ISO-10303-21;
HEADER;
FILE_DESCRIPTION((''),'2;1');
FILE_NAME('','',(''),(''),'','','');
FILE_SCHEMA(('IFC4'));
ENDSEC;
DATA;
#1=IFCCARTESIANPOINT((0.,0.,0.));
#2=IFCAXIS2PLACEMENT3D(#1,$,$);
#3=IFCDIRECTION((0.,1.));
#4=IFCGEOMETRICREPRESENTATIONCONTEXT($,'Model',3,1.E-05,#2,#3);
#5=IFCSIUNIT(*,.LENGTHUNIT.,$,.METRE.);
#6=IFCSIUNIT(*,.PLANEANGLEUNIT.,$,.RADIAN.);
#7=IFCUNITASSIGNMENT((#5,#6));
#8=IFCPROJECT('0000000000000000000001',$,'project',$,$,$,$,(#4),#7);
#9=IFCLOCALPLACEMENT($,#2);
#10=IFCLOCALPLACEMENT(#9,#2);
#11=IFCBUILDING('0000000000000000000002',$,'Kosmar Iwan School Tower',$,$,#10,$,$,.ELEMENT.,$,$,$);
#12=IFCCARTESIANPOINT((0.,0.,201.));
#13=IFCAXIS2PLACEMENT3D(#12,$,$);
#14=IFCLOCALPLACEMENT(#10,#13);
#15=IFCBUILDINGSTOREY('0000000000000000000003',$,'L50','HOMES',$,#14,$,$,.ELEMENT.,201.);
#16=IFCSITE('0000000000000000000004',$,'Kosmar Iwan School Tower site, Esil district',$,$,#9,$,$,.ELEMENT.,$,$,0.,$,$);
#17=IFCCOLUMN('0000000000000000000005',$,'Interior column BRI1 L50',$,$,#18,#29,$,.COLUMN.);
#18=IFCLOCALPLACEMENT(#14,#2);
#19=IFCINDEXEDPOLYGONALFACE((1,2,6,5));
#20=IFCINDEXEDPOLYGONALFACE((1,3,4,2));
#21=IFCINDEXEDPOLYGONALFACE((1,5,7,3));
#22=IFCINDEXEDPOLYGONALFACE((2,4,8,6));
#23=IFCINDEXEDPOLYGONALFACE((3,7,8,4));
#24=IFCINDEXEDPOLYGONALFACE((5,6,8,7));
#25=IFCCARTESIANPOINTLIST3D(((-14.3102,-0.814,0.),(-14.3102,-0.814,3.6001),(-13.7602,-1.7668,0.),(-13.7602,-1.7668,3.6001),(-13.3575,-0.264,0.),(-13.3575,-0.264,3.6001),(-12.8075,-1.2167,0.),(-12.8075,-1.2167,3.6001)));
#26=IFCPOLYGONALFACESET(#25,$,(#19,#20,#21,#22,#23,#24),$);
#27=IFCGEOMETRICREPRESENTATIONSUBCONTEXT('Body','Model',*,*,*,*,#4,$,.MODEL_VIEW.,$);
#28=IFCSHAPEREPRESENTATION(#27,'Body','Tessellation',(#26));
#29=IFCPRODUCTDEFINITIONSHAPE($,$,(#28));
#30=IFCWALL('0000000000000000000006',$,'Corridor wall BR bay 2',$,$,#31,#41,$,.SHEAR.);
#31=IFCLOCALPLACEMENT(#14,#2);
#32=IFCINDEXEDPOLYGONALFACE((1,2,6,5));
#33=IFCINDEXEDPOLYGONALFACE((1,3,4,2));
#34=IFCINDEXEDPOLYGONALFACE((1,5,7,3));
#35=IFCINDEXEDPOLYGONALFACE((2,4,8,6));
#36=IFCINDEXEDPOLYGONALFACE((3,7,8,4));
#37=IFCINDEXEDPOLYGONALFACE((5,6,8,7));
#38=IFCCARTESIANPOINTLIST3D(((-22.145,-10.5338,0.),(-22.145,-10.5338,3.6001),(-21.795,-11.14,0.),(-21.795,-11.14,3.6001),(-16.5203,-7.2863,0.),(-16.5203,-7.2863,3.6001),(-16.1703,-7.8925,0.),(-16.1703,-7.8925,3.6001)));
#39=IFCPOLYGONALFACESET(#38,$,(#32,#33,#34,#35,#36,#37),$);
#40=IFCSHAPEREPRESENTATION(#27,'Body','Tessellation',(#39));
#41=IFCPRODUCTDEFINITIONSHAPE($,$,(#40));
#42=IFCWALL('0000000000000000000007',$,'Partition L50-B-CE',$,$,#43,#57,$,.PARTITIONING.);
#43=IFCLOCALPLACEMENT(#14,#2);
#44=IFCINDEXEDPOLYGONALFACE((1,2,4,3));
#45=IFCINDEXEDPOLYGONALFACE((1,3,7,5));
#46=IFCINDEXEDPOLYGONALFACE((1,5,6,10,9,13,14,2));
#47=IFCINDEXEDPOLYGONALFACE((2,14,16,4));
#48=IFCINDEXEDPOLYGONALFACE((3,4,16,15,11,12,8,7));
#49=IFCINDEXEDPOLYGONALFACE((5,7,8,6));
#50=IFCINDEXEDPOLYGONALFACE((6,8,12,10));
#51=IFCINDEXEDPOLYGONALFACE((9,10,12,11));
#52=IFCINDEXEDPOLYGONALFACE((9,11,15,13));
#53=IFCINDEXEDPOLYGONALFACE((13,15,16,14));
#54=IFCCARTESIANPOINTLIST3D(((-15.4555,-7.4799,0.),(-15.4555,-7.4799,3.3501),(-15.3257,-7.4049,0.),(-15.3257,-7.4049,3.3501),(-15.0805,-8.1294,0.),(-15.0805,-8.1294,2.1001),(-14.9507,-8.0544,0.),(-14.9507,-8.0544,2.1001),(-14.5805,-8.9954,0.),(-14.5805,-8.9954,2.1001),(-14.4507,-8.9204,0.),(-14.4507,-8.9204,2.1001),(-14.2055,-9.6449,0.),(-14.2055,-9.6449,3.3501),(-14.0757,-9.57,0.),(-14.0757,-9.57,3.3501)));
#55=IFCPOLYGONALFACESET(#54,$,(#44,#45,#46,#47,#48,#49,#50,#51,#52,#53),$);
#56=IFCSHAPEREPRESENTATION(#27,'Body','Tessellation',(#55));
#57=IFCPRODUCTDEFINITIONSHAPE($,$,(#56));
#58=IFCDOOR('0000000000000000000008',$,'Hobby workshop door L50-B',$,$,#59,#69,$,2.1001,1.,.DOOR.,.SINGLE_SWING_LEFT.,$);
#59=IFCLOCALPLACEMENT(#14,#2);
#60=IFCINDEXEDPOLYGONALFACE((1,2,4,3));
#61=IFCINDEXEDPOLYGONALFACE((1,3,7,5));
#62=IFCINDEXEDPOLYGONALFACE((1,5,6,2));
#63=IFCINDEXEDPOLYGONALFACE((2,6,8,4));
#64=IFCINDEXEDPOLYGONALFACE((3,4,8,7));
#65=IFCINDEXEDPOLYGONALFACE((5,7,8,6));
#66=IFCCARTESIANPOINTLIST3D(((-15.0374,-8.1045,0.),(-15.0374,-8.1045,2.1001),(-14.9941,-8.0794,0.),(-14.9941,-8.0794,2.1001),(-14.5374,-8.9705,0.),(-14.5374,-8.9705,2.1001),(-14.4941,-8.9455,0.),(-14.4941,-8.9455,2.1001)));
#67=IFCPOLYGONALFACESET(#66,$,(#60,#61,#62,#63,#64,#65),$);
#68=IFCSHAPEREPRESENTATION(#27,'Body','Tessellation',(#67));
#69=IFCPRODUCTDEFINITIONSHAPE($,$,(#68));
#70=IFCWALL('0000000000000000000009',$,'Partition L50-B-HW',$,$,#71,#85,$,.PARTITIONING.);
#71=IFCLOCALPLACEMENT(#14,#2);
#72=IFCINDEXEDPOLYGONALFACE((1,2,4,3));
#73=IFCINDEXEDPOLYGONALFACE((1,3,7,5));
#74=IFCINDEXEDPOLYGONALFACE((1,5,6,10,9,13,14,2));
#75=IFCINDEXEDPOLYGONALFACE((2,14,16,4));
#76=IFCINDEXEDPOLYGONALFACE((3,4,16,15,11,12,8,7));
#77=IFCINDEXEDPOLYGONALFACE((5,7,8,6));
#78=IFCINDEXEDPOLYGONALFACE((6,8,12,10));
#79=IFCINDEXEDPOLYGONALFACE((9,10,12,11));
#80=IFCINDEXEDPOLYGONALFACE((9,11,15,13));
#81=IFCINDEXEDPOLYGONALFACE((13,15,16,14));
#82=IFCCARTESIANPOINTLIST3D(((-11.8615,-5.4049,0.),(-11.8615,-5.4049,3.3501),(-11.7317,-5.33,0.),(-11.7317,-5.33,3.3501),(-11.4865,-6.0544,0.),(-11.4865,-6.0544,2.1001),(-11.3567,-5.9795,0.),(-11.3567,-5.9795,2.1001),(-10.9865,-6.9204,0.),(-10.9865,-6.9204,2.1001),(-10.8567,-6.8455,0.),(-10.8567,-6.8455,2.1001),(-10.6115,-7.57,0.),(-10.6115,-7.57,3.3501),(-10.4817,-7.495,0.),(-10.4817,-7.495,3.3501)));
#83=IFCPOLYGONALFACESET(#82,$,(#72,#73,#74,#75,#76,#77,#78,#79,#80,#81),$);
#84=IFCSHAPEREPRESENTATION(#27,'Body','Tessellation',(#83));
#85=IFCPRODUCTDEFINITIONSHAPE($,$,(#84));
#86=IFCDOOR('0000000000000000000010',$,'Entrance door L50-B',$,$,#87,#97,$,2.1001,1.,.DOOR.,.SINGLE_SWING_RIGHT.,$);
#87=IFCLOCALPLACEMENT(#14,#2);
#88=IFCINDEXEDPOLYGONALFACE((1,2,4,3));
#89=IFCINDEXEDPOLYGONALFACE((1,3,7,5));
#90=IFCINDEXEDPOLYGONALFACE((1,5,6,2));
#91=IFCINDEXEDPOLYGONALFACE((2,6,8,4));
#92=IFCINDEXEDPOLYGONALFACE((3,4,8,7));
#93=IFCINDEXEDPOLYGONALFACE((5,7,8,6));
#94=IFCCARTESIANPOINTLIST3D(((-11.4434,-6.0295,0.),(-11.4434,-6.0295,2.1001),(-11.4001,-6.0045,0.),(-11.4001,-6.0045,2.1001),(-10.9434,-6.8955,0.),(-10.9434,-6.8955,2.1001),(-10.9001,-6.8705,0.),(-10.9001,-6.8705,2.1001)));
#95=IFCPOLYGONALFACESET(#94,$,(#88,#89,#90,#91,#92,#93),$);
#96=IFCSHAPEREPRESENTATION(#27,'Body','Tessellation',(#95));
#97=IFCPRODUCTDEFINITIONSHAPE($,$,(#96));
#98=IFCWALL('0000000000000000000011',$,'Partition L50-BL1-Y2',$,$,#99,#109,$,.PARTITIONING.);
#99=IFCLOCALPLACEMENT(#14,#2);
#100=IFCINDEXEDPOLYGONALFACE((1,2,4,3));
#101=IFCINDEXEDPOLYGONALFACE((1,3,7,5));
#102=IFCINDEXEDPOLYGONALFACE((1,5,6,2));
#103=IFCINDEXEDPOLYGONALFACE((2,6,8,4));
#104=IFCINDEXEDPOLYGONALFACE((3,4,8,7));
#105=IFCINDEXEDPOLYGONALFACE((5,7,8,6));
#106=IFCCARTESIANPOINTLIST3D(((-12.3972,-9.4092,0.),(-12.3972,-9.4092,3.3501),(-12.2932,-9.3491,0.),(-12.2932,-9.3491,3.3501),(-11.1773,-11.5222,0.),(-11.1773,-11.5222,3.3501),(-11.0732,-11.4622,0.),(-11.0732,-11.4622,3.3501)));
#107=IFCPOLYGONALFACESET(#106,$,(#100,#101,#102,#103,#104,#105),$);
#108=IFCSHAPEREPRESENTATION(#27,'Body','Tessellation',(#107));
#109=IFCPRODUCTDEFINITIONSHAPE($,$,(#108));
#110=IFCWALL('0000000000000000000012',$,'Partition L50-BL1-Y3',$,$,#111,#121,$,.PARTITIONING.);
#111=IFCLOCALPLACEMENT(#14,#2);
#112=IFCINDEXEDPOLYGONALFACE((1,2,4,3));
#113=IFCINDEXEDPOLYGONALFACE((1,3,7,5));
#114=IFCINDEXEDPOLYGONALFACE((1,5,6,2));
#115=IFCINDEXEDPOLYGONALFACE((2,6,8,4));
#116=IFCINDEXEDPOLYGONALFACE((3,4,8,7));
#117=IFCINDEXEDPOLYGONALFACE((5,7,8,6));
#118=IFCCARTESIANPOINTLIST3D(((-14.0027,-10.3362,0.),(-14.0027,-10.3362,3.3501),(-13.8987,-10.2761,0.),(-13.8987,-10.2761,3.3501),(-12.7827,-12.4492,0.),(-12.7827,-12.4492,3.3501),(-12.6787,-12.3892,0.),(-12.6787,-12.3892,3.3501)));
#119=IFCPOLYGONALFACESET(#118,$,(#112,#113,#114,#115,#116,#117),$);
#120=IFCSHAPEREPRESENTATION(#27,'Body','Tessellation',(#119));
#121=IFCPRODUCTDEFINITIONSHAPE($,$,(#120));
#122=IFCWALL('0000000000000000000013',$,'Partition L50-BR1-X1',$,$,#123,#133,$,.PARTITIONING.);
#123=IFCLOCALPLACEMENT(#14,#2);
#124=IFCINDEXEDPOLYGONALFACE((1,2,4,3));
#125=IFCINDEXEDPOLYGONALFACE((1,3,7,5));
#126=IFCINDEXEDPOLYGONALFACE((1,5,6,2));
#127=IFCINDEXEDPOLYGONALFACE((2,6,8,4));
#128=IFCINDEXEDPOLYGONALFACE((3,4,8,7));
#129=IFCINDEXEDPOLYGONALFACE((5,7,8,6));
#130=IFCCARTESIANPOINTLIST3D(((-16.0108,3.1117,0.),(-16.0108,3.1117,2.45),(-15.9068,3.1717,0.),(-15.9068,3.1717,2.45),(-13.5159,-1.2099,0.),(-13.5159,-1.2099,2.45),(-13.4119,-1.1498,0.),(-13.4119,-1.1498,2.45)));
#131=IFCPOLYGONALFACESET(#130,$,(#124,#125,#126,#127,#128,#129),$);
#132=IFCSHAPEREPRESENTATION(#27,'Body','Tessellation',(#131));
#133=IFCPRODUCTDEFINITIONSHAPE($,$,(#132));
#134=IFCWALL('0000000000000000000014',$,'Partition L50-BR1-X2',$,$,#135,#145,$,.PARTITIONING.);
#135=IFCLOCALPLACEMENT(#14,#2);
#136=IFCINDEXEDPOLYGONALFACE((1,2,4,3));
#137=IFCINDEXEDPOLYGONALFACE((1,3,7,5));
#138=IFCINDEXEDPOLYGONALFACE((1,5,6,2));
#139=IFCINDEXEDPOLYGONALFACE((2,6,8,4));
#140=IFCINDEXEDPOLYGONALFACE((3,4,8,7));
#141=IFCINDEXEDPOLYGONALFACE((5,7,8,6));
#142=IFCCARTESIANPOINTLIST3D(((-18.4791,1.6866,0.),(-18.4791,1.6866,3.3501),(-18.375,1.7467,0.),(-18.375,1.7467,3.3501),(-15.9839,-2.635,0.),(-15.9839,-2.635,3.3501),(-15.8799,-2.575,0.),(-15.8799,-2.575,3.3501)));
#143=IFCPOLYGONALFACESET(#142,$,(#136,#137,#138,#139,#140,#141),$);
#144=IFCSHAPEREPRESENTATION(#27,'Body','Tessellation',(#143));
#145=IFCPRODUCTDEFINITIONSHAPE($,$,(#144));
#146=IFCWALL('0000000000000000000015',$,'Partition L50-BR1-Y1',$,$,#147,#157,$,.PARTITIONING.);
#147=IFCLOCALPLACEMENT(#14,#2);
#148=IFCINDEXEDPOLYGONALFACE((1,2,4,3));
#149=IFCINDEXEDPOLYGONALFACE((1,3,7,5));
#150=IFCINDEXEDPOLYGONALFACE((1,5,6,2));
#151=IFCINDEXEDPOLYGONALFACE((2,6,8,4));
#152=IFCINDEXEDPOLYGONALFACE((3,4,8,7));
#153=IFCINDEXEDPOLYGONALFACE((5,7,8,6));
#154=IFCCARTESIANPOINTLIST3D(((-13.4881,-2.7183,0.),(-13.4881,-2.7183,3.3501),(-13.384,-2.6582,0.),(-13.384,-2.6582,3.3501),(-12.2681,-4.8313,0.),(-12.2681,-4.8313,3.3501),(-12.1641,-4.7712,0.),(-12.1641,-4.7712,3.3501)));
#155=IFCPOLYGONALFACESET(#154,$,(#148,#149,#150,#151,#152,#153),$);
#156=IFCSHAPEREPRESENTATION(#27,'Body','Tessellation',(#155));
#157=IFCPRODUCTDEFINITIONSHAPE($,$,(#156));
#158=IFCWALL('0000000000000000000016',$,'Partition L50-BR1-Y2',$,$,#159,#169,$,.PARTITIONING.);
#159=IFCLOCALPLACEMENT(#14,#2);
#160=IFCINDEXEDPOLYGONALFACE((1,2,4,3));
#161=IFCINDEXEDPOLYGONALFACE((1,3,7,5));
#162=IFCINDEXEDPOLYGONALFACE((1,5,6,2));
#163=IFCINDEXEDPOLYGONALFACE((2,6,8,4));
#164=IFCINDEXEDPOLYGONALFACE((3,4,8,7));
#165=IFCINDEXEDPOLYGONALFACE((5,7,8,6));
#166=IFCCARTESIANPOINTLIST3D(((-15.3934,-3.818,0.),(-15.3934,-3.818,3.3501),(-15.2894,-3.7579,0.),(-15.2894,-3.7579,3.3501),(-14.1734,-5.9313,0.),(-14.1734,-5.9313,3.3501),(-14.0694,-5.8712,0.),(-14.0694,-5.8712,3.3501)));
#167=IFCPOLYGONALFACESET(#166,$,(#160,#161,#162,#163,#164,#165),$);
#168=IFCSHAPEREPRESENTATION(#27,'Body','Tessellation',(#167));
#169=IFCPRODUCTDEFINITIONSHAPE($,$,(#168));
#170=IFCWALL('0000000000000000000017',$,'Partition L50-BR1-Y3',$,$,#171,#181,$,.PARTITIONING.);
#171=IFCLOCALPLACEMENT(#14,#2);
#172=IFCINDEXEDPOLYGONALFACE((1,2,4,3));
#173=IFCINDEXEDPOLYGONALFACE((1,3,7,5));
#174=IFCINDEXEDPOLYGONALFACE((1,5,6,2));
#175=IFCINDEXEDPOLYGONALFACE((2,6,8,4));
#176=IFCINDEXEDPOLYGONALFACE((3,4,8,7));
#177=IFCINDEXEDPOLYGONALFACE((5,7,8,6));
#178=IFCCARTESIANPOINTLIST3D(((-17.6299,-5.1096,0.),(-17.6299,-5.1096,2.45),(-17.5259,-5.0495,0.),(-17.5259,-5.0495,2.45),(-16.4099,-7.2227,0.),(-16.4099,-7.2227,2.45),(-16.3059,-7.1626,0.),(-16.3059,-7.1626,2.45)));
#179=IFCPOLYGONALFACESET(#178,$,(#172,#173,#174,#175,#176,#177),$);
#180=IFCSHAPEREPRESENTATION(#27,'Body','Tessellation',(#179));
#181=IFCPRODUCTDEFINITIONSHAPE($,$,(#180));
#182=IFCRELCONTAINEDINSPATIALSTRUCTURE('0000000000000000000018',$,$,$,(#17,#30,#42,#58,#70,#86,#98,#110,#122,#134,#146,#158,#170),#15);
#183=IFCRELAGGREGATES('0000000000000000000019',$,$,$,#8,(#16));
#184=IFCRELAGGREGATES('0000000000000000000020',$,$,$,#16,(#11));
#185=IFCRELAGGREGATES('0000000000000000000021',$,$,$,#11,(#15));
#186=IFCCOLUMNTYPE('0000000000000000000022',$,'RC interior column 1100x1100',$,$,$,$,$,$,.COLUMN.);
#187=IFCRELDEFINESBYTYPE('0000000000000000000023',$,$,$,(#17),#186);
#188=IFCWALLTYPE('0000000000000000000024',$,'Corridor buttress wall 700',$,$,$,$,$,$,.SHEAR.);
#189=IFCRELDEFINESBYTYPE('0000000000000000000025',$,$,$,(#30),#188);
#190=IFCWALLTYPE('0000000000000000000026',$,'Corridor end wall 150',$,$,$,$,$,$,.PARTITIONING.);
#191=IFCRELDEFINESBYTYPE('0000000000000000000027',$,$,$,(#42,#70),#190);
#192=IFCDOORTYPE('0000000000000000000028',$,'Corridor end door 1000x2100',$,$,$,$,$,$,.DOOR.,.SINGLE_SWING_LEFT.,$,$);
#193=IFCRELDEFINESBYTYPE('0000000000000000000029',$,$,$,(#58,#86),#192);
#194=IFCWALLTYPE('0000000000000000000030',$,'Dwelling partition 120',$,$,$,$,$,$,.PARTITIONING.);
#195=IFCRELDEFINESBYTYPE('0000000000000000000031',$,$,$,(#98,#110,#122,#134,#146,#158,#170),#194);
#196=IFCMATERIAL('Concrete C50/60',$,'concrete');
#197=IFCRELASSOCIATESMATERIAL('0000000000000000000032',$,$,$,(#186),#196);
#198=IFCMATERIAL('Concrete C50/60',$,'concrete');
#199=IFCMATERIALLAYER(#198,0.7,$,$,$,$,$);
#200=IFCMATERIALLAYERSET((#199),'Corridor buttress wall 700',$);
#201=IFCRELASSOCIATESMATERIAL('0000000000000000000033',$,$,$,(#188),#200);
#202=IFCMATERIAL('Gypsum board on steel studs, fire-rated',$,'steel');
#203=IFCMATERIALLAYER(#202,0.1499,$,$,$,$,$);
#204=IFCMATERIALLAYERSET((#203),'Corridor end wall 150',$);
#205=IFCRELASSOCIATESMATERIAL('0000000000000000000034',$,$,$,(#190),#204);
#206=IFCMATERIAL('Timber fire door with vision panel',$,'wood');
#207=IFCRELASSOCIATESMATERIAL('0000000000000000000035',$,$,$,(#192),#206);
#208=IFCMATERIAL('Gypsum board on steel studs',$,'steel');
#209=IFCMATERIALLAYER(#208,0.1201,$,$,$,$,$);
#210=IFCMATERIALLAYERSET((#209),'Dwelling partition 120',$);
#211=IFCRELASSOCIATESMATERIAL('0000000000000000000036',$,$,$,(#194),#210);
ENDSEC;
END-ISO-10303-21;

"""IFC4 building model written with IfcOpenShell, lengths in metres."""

from ifc_helpers import new_model, si_unit, direction, frame, frame_2d, origin, origin_2d, place, context, subcontext, project, spatial, rectangle, extrude, material, layer, layer_set, material_profile, profile_set, type_object, element, fill, save


model = new_model("IFC4")

# Units and contexts
model_context = context("Model", 3, precision=1e-05, world=origin(), true_north=direction((0.0, 1.0)))
body_context = subcontext(model_context, "Body", "Model", "MODEL_VIEW")
ifc_project = project(units=[si_unit("LENGTHUNIT", "METRE"), si_unit("PLANEANGLEUNIT", "RADIAN")], contexts=[model_context])

# Site, building, storey
site_placement = place(None, origin())
site = spatial("IfcSite", under=ifc_project, at=site_placement, Name="Kosmar Iwan School Tower site, Esil district", CompositionType="ELEMENT", RefElevation=0.0)
building_placement = place(site_placement, origin())
building = spatial("IfcBuilding", under=site, at=building_placement, Name="Kosmar Iwan School Tower", CompositionType="ELEMENT")
storey_placement = place(building_placement, frame((0.0, 0.0, 201.0)))
storey = spatial("IfcBuildingStorey", under=building, at=storey_placement, Name="L50", Description="HOMES", CompositionType="ELEMENT", Elevation=201.0)

# Column
ifc_material_1 = material(Name="Concrete C50/60", Category="concrete")
ifc_material_profile = material_profile(ifc_material_1, rectangle(XDim=1.1001, YDim=1.1001, at=origin_2d()), Name="RC 1100x1100")
ifc_profile_set = profile_set([ifc_material_profile], Name="Concrete C50/60")
column_type = type_object("IfcColumnType", Name="RC interior column 1100x1100", PredefinedType="COLUMN", material=ifc_profile_set)
column_placement = place(storey_placement, frame((-13.5588, -1.0154, 0.0), z_axis=(0.0, 0.0, 1.0), x_axis=(-0.866025, -0.5, 0.0)))
element("IfcColumn", 1, at=column_placement, inside=storey, type_object=column_type, Name="Interior column BRI1 L50", PredefinedType="COLUMN", context=body_context, shape_type="SweptSolid", body=[
    extrude(rectangle(XDim=1.1001, YDim=1.1001, at=origin_2d()), origin(), (0.0, 0.0, 1.0), 3.6001),
])

# Wall
ifc_material_2 = material(Name="Concrete C50/60", Category="concrete")
ifc_layer_1 = layer(ifc_material_2, 0.7)
ifc_layer_set_1 = layer_set([ifc_layer_1], Name="Corridor buttress wall 700")
wall_type_1 = type_object("IfcWallType", Name="Corridor buttress wall 700", PredefinedType="SHEAR", material=ifc_layer_set_1)
wall_1_placement = place(storey_placement, frame((-16.3452, -7.5894, 0.0), z_axis=(0.0, 0.0, 1.0), x_axis=(-0.866018, -0.500012, 0.0)))
element("IfcWall", 2, at=wall_1_placement, inside=storey, type_object=wall_type_1, Name="Corridor wall BR bay 2", PredefinedType="SHEAR", context=body_context, shape_type="SweptSolid", body=[
    extrude(rectangle(XDim=6.4949, YDim=0.7, at=frame_2d((3.2476, 0.0))), origin(), (0.0, 0.0, 1.0), 3.6001),
])

# Walls, openings, doors
ifc_material_3 = material(Name="Gypsum board on steel studs, fire-rated", Category="steel")
ifc_layer_2 = layer(ifc_material_3, 0.1499)
ifc_layer_set_2 = layer_set([ifc_layer_2], Name="Corridor end wall 150")
wall_type_2 = type_object("IfcWallType", Name="Corridor end wall 150", PredefinedType="PARTITIONING", material=ifc_layer_set_2)
wall_2_placement = place(storey_placement, frame((-15.3906, -7.4424, 0.0), z_axis=(0.0, 0.0, 1.0), x_axis=(0.500004, -0.866023, 0.0)))
wall_2 = element("IfcWall", 3, at=wall_2_placement, inside=storey, type_object=wall_type_2, Name="Partition L50-B-CE", PredefinedType="PARTITIONING", context=body_context, shape_type="SweptSolid", body=[
    extrude(rectangle(XDim=2.5, YDim=0.1499, at=frame_2d((1.25, 0.0))), origin(), (0.0, 0.0, 1.0), 3.3501),
])
opening_1_placement = place(wall_2_placement, frame((0.75, 0.0, 0.0)))
opening_1 = element("IfcOpeningElement", 4, at=opening_1_placement, cuts=wall_2, PredefinedType="OPENING", context=body_context, shape_type="SweptSolid", body=[
    extrude(rectangle(XDim=1.0, YDim=2.1001, at=frame_2d((0.5, 1.05))), frame((0.0, 0.0869, 0.0), z_axis=(0.0, -1.0, 0.0), x_axis=(1.0, 0.0, 0.0)), (0.0, 0.0, 1.0), 0.1738),
])
ifc_material_4 = material(Name="Timber fire door with vision panel", Category="wood")
door_type = type_object("IfcDoorType", Name="Corridor end door 1000x2100", OperationType="SINGLE_SWING_LEFT", PredefinedType="DOOR", material=ifc_material_4)
door_1_placement = place(opening_1_placement, origin())
door_1 = element("IfcDoor", 5, at=door_1_placement, inside=storey, type_object=door_type, Name="Hobby workshop door L50-B", OperationType="SINGLE_SWING_LEFT", OverallHeight=2.1001, OverallWidth=1.0, PredefinedType="DOOR", context=body_context, shape_type="SweptSolid", body=[
    extrude(rectangle(XDim=1.0, YDim=2.1001, at=frame_2d((0.5, 1.05))), frame((0.0, 0.0249, 0.0), z_axis=(0.0, -1.0, 0.0), x_axis=(1.0, 0.0, 0.0)), (0.0, 0.0, 1.0), 0.05),
])
fill(opening_1, door_1)
wall_3_placement = place(storey_placement, frame((-11.7966, -5.3674, 0.0), z_axis=(0.0, 0.0, 1.0), x_axis=(0.500004, -0.866023, 0.0)))
wall_3 = element("IfcWall", 6, at=wall_3_placement, inside=storey, type_object=wall_type_2, Name="Partition L50-B-HW", PredefinedType="PARTITIONING", context=body_context, shape_type="SweptSolid", body=[
    extrude(rectangle(XDim=2.5, YDim=0.1499, at=frame_2d((1.25, 0.0))), origin(), (0.0, 0.0, 1.0), 3.3501),
])
opening_2_placement = place(wall_3_placement, frame((0.75, 0.0, 0.0)))
opening_2 = element("IfcOpeningElement", 7, at=opening_2_placement, cuts=wall_3, PredefinedType="OPENING", context=body_context, shape_type="SweptSolid", body=[
    extrude(rectangle(XDim=1.0, YDim=2.1001, at=frame_2d((0.5, 1.05))), frame((0.0, 0.0869, 0.0), z_axis=(0.0, -1.0, 0.0), x_axis=(1.0, 0.0, 0.0)), (0.0, 0.0, 1.0), 0.1738),
])
door_2_placement = place(opening_2_placement, origin())
door_2 = element("IfcDoor", 8, at=door_2_placement, inside=storey, type_object=door_type, Name="Entrance door L50-B", OperationType="SINGLE_SWING_RIGHT", OverallHeight=2.1001, OverallWidth=1.0, PredefinedType="DOOR", context=body_context, shape_type="SweptSolid", body=[
    extrude(rectangle(XDim=1.0, YDim=2.1001, at=frame_2d((0.5, 1.05))), frame((0.0, 0.0249, 0.0), z_axis=(0.0, -1.0, 0.0), x_axis=(1.0, 0.0, 0.0)), (0.0, 0.0, 1.0), 0.05),
])
fill(opening_2, door_2)

# Walls
ifc_material_5 = material(Name="Gypsum board on steel studs", Category="steel")
ifc_layer_3 = layer(ifc_material_5, 0.1201)
ifc_layer_set_3 = layer_set([ifc_layer_3], Name="Dwelling partition 120")
wall_type_3 = type_object("IfcWallType", Name="Dwelling partition 120", PredefinedType="PARTITIONING", material=ifc_layer_set_3)
for number, where, z_axis, x_axis, name in (
    (9, (-12.3452, -9.3792, 0.0), (0.0, 0.0, 1.0), (0.500003, -0.866024, 0.0), "Partition L50-BL1-Y2"),
    (10, (-13.9507, -10.3062, 0.0), (0.0, 0.0, 1.0), (0.500003, -0.866024, 0.0), "Partition L50-BL1-Y3"),
):
    element("IfcWall", number, at=place(storey_placement, frame(where, z_axis=z_axis, x_axis=x_axis)), inside=storey, type_object=wall_type_3, Name=name, PredefinedType="PARTITIONING", context=body_context, shape_type="SweptSolid", body=[
        extrude(rectangle(XDim=2.4399, YDim=0.1201, at=frame_2d((1.22, 0.0))), origin(), (0.0, 0.0, 1.0), 3.3501),
    ])
wall_4_placement = place(storey_placement, frame((-13.4639, -1.1799, 0.0), z_axis=(0.0, 0.0, 1.0), x_axis=(-0.499975, 0.86604, 0.0)))
element("IfcWall", 11, at=wall_4_placement, inside=storey, type_object=wall_type_3, Name="Partition L50-BR1-X1", PredefinedType="PARTITIONING", context=body_context, shape_type="SweptSolid", body=[
    extrude(rectangle(XDim=4.99, YDim=0.1201, at=frame_2d((2.4951, 0.0))), origin(), (0.0, 0.0, 1.0), 2.45),
])
wall_5_placement = place(storey_placement, frame((-15.9319, -2.605, 0.0), z_axis=(0.0, 0.0, 1.0), x_axis=(-0.500012, 0.866019, 0.0)))
element("IfcWall", 12, at=wall_5_placement, inside=storey, type_object=wall_type_3, Name="Partition L50-BR1-X2", PredefinedType="PARTITIONING", context=body_context, shape_type="SweptSolid", body=[
    extrude(rectangle(XDim=4.9902, YDim=0.1201, at=frame_2d((2.4951, 0.0))), origin(), (0.0, 0.0, 1.0), 3.3501),
])
wall_6_placement = place(storey_placement, frame((-12.2161, -4.8013, 0.0), z_axis=(0.0, 0.0, 1.0), x_axis=(-0.500003, 0.866024, 0.0)))
element("IfcWall", 13, at=wall_6_placement, inside=storey, type_object=wall_type_3, Name="Partition L50-BR1-Y1", PredefinedType="PARTITIONING", context=body_context, shape_type="SweptSolid", body=[
    extrude(rectangle(XDim=2.4399, YDim=0.1201, at=frame_2d((1.22, 0.0))), origin(), (0.0, 0.0, 1.0), 3.3501),
])
wall_7_placement = place(storey_placement, frame((-14.1213, -5.9014, 0.0), z_axis=(0.0, 0.0, 1.0), x_axis=(-0.499959, 0.866049, 0.0)))
element("IfcWall", 14, at=wall_7_placement, inside=storey, type_object=wall_type_3, Name="Partition L50-BR1-Y2", PredefinedType="PARTITIONING", context=body_context, shape_type="SweptSolid", body=[
    extrude(rectangle(XDim=2.4402, YDim=0.1201, at=frame_2d((1.2202, 0.0))), origin(), (0.0, 0.0, 1.0), 3.3501),
])
wall_8_placement = place(storey_placement, frame((-16.3579, -7.1926, 0.0), z_axis=(0.0, 0.0, 1.0), x_axis=(-0.500003, 0.866024, 0.0)))
element("IfcWall", 15, at=wall_8_placement, inside=storey, type_object=wall_type_3, Name="Partition L50-BR1-Y3", PredefinedType="PARTITIONING", context=body_context, shape_type="SweptSolid", body=[
    extrude(rectangle(XDim=2.4399, YDim=0.1201, at=frame_2d((1.22, 0.0))), origin(), (0.0, 0.0, 1.0), 2.45),
])

save(model, "model.ifc")
